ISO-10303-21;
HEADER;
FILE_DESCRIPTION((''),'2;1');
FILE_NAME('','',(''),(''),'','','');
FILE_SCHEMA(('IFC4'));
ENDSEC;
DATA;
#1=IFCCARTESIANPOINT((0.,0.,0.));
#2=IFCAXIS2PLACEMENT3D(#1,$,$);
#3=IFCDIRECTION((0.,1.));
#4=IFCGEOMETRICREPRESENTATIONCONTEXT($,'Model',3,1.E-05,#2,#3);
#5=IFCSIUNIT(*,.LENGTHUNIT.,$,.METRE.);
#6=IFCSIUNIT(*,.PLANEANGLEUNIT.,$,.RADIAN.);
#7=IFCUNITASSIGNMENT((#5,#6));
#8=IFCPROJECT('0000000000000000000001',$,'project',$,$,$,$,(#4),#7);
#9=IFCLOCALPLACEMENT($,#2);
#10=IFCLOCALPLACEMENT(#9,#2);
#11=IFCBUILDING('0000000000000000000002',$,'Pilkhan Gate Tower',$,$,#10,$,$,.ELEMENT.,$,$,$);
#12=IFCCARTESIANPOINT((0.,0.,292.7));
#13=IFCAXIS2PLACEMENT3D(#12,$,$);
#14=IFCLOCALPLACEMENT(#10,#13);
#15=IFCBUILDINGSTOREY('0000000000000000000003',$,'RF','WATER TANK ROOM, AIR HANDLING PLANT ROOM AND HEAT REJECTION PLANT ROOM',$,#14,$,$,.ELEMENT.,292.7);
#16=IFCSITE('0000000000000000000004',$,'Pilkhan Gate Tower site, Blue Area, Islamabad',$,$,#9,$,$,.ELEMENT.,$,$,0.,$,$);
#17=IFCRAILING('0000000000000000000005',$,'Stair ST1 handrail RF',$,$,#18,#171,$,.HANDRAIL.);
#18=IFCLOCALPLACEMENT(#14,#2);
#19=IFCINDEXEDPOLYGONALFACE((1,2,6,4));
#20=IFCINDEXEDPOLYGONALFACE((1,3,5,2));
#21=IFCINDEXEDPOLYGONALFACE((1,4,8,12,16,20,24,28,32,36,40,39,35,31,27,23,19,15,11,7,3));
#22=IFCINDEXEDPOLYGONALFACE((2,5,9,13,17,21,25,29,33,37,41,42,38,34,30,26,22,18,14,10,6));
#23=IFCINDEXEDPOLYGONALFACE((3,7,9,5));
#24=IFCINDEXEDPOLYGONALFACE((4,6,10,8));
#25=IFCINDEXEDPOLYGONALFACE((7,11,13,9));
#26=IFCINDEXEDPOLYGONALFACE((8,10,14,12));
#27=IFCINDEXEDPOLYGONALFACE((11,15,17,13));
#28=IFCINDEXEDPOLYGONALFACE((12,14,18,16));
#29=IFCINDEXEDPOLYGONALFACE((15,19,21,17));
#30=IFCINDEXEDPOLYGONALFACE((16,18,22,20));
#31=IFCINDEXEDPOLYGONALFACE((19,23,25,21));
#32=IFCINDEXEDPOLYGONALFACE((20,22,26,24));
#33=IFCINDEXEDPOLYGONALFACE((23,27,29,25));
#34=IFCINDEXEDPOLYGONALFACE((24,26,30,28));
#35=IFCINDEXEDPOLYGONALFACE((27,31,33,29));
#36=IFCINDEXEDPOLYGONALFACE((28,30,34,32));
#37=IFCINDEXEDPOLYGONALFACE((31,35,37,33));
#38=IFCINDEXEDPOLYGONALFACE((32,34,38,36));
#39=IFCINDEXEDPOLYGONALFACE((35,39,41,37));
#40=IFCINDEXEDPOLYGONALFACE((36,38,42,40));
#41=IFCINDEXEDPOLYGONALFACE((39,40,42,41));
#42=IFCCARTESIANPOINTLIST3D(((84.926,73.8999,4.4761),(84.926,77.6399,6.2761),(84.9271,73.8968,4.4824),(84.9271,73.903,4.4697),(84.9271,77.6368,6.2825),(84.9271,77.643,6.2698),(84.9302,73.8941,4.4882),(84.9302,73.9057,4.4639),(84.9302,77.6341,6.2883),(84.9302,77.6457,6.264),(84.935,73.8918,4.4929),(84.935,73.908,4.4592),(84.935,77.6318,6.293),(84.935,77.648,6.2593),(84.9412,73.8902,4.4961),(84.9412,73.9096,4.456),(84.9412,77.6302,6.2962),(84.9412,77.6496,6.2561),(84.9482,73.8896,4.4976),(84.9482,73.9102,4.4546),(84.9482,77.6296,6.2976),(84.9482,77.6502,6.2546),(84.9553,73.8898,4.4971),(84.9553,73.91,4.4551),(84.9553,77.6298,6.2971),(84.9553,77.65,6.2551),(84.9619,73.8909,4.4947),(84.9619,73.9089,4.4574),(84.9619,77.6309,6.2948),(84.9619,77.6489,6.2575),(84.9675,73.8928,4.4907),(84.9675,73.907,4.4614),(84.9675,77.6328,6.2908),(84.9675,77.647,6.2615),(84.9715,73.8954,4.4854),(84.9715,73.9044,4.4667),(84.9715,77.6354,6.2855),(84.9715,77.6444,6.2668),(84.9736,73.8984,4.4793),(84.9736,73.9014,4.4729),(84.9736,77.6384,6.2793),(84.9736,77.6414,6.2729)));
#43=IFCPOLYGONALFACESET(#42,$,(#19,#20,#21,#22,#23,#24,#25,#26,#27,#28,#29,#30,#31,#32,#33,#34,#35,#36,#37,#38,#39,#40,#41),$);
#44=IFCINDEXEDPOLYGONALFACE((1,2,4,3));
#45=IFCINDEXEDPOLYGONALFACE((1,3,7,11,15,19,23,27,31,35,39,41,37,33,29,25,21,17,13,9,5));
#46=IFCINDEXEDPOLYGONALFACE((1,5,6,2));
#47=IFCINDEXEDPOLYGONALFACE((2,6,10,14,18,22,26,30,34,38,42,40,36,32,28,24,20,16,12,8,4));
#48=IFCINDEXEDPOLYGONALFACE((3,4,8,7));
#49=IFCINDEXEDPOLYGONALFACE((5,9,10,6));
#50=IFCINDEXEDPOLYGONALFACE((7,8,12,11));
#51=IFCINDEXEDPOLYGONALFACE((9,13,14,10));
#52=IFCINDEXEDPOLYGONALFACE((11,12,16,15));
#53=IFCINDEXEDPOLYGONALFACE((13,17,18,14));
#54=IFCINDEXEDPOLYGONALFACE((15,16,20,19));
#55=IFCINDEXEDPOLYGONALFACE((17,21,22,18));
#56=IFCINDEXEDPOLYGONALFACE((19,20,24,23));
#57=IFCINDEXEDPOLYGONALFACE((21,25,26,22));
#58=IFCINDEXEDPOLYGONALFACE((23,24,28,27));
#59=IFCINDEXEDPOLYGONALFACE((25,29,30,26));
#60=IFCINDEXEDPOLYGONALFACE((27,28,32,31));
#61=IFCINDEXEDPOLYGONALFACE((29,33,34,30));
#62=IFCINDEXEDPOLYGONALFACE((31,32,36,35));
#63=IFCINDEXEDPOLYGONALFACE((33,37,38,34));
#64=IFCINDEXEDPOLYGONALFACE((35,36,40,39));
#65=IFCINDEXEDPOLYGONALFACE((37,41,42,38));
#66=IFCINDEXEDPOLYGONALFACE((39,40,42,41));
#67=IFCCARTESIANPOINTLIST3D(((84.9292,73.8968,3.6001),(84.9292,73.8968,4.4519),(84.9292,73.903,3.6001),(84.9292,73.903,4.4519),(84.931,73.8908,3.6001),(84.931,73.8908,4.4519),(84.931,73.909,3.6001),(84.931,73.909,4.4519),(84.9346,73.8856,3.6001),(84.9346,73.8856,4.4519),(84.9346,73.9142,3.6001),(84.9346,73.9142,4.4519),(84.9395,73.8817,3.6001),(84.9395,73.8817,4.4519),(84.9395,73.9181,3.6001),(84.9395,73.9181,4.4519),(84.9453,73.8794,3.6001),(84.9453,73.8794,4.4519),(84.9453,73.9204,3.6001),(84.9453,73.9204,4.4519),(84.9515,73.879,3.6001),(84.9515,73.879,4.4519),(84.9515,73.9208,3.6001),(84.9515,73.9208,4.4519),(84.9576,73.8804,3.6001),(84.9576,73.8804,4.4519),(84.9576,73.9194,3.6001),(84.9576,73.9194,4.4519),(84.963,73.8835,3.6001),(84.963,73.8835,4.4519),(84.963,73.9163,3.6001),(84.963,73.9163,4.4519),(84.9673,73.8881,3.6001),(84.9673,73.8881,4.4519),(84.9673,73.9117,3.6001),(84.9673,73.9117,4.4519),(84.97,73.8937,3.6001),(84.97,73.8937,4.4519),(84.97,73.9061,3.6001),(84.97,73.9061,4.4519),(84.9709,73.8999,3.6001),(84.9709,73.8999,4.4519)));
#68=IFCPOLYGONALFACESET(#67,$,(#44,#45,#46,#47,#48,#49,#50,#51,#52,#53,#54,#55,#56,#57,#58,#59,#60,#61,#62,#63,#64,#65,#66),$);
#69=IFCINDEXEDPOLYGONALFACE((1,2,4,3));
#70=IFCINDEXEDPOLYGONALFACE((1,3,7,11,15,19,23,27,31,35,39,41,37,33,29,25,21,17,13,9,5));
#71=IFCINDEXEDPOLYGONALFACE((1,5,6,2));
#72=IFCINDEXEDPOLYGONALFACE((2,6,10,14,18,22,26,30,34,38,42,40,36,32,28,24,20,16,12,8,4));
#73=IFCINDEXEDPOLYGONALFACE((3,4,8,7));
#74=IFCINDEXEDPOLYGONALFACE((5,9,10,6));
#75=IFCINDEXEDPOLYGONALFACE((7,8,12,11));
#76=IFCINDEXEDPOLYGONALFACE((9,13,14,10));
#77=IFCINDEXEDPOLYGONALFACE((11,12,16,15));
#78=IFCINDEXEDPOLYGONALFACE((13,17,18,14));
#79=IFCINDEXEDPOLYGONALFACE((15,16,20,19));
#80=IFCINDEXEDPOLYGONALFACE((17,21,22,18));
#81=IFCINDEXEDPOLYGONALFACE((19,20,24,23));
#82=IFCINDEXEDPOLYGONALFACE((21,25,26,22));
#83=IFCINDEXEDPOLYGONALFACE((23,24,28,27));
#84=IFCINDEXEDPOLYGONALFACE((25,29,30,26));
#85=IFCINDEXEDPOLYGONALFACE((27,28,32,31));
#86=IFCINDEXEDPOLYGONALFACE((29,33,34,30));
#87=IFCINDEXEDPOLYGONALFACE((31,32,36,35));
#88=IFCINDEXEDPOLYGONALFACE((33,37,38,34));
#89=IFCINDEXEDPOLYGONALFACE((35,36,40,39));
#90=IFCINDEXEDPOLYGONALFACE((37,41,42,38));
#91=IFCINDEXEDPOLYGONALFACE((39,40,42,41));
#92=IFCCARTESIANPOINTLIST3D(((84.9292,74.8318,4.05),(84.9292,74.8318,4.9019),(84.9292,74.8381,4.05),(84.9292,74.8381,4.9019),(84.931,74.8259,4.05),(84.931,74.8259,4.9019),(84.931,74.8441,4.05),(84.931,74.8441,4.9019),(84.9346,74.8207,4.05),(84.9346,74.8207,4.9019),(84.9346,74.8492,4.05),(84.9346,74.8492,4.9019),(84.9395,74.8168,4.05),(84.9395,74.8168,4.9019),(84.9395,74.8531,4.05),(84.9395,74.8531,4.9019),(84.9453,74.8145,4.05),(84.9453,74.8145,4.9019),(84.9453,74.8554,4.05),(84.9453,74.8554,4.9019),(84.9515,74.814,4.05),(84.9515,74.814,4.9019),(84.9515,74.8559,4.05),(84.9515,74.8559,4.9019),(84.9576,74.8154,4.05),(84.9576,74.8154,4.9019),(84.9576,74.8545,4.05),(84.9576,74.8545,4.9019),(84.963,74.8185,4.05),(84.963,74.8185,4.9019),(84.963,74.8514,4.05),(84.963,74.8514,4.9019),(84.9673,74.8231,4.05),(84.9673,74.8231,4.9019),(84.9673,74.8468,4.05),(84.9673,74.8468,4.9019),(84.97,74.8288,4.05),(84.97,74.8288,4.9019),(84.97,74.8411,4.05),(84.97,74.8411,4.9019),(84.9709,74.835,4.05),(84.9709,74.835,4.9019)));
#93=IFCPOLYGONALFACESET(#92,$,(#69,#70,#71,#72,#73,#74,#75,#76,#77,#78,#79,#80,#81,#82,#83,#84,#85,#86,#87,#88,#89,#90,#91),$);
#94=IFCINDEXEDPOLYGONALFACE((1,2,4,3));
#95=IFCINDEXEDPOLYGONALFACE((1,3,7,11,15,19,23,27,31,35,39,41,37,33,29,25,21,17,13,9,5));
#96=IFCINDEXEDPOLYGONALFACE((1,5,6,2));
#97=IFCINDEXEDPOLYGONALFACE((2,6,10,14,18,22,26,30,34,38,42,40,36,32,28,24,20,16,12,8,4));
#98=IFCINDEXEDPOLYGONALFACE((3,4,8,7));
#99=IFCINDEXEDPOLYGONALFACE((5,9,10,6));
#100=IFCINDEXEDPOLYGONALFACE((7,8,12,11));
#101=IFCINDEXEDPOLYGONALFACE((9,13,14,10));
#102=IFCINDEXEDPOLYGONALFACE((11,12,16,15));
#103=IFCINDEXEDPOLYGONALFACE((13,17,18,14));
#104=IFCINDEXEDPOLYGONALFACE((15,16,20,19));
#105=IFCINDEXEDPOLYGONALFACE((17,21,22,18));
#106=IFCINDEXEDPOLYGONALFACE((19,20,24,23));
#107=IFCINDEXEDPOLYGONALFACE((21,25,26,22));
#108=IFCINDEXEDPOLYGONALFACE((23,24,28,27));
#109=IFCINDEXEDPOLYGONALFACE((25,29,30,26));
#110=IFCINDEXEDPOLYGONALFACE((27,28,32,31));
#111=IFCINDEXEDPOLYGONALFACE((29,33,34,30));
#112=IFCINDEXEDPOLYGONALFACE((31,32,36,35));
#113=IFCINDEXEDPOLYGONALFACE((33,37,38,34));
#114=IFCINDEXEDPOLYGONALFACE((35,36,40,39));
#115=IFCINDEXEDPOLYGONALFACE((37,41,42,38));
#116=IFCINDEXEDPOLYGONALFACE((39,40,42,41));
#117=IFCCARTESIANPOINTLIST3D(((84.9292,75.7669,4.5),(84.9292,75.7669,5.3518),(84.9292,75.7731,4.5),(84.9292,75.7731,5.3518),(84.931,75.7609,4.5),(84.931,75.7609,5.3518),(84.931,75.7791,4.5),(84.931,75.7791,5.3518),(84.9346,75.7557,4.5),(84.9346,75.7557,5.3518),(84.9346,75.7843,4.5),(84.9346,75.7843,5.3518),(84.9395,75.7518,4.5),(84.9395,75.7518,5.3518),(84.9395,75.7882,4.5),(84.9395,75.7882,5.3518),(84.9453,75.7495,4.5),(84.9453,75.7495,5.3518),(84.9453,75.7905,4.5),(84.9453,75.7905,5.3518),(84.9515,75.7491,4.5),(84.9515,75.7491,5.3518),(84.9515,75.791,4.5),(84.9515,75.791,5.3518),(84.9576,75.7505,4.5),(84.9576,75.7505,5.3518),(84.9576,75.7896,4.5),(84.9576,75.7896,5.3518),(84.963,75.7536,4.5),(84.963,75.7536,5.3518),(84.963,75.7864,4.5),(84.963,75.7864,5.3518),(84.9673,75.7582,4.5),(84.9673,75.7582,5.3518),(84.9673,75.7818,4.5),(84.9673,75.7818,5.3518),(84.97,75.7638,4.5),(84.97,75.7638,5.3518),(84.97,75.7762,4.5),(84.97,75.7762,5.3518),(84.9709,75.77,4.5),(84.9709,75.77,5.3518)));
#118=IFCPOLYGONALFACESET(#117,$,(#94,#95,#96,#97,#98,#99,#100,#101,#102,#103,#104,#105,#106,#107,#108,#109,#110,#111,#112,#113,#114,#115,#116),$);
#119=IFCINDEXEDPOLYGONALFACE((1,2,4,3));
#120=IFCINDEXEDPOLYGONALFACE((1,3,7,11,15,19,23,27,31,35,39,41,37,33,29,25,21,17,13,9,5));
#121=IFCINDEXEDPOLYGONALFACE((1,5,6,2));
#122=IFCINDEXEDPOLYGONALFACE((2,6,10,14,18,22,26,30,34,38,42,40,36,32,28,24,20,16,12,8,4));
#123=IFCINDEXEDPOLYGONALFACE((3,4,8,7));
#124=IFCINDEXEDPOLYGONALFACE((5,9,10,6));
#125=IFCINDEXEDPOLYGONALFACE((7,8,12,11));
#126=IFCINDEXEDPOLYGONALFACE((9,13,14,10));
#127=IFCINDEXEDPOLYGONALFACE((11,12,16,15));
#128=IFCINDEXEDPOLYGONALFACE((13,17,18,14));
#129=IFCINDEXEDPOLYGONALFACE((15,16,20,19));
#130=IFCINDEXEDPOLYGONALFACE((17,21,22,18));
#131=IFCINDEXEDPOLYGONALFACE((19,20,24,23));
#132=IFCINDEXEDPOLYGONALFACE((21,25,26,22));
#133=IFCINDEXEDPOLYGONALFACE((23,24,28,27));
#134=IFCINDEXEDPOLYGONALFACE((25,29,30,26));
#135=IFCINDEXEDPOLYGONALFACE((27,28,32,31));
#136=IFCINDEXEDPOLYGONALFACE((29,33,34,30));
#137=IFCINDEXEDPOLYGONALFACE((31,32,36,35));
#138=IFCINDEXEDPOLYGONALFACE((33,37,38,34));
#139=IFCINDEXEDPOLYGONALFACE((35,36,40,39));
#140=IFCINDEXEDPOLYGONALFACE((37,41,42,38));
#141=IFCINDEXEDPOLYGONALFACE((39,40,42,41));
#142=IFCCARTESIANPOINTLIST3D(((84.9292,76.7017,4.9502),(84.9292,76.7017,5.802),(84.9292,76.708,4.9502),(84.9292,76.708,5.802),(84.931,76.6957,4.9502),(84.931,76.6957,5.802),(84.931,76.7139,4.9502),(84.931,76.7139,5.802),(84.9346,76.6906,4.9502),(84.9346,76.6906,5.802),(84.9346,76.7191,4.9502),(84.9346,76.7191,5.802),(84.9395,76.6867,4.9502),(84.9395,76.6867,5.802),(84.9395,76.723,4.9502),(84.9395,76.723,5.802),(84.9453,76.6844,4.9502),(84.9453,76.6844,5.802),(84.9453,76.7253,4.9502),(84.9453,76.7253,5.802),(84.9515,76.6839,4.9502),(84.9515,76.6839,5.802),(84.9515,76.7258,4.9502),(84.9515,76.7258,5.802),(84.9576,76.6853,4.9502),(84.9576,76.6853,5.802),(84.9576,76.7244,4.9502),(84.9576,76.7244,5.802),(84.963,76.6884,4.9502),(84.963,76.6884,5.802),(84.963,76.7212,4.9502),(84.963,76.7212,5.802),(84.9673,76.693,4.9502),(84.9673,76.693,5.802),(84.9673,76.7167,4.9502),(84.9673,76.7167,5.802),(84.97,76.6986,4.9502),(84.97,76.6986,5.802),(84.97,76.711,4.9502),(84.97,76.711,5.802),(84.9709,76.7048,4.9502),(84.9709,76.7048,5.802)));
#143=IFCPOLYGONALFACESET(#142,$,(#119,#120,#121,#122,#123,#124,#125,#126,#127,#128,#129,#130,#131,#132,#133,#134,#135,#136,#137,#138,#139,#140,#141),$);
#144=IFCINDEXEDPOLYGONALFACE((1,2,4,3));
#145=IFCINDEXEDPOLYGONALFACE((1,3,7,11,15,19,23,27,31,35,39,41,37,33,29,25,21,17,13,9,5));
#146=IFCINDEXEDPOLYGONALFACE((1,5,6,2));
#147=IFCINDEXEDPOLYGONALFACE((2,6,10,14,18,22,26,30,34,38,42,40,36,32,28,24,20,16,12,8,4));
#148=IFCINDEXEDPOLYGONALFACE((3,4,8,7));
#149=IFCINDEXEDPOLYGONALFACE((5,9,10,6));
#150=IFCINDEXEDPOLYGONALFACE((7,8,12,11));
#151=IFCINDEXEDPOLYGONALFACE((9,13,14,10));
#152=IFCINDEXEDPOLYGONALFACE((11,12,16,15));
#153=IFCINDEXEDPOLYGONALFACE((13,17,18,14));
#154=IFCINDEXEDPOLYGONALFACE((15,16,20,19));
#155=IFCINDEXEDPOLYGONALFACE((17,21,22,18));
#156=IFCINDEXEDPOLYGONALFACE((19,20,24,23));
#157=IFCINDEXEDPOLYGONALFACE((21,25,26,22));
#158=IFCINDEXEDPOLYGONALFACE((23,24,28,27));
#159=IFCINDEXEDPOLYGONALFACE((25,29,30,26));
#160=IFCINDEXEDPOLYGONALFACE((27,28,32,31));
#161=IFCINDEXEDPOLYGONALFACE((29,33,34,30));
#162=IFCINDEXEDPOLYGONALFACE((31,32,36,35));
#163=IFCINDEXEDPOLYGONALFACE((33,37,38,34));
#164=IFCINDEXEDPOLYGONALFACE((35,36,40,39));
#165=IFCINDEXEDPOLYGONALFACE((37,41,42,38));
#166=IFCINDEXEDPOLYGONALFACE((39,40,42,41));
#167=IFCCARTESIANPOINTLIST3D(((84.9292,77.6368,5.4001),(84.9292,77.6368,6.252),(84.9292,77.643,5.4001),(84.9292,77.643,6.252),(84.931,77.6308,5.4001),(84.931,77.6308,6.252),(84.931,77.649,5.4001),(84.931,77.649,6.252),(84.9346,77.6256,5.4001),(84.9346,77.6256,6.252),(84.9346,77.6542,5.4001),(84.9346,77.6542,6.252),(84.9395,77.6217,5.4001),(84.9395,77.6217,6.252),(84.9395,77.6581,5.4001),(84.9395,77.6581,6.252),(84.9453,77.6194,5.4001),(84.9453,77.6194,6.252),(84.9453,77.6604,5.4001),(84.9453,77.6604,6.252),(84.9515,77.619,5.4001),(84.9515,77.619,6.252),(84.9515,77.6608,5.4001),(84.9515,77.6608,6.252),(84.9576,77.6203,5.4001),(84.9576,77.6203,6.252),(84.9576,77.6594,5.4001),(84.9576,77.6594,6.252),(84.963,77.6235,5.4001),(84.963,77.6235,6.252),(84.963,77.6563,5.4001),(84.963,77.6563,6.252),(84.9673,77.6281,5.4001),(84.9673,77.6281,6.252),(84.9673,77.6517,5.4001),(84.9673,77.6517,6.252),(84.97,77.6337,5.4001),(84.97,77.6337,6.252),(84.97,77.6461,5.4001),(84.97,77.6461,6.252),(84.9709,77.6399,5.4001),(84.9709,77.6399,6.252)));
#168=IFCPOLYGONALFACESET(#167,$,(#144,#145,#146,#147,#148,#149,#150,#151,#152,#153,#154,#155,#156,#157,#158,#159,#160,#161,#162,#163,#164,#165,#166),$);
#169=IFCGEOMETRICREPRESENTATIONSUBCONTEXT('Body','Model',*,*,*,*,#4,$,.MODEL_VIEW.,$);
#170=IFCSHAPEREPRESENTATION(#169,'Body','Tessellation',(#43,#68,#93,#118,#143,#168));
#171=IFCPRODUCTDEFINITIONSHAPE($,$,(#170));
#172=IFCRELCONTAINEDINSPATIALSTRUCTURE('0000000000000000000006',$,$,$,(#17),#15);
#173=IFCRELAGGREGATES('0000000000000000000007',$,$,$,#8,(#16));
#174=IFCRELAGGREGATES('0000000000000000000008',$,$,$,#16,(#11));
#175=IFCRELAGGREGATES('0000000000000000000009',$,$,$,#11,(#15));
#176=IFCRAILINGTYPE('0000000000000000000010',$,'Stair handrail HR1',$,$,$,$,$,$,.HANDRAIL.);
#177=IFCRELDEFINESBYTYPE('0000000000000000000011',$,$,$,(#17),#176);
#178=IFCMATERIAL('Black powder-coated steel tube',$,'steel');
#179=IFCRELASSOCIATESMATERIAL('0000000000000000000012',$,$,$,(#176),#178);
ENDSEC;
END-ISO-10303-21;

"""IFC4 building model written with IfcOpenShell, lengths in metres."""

from ifc_helpers import new_model, si_unit, direction, frame, origin, origin_2d, place, context, subcontext, project, spatial, circle, extrude, material, type_object, element, save


model = new_model("IFC4")

# Units and contexts
model_context = context("Model", 3, precision=1e-05, world=origin(), true_north=direction((0.0, 1.0)))
body_context = subcontext(model_context, "Body", "Model", "MODEL_VIEW")
ifc_project = project(units=[si_unit("LENGTHUNIT", "METRE"), si_unit("PLANEANGLEUNIT", "RADIAN")], contexts=[model_context])

# Site, building, storey
site_placement = place(None, origin())
site = spatial("IfcSite", under=ifc_project, at=site_placement, Name="Pilkhan Gate Tower site, Blue Area, Islamabad", CompositionType="ELEMENT", RefElevation=0.0)
building_placement = place(site_placement, origin())
building = spatial("IfcBuilding", under=site, at=building_placement, Name="Pilkhan Gate Tower", CompositionType="ELEMENT")
storey_placement = place(building_placement, frame((0.0, 0.0, 292.7)))
storey = spatial("IfcBuildingStorey", under=building, at=storey_placement, Name="RF", Description="WATER TANK ROOM, AIR HANDLING PLANT ROOM AND HEAT REJECTION PLANT ROOM", CompositionType="ELEMENT", Elevation=292.7)

# Railing
ifc_material_1 = material(Name="Black powder-coated steel tube", Category="steel")
railing_type_1 = type_object("IfcRailingType", Name="Stair handrail HR1", PredefinedType="HANDRAIL", material=ifc_material_1)
for number, where, name in (
    (1, (84.95, 73.8999, 3.6001), "Stair ST1 handrail RF"),
):
    element("IfcRailing", number, at=place(storey_placement, frame(where)), inside=storey, type_object=railing_type_1, Name=name, PredefinedType="HANDRAIL", context=body_context, shape_type="SweptSolid", body=[
        extrude(circle(Radius=0.0239, at=origin_2d()), frame((0.0, 0.0, 0.876), z_axis=(0.0, 0.901066, 0.433681), x_axis=(-1.0, 0.0, 0.0)), (0.0, 0.0, 1.0), 4.1506),
        extrude(circle(Radius=0.021, at=origin_2d()), origin(), (0.0, 0.0, 1.0), 0.8518),
        extrude(circle(Radius=0.021, at=origin_2d()), frame((0.0, 0.9351, 0.45)), (0.0, 0.0, 1.0), 0.8518),
        extrude(circle(Radius=0.021, at=origin_2d()), frame((0.0, 1.8701, 0.8999)), (0.0, 0.0, 1.0), 0.8518),
        extrude(circle(Radius=0.021, at=origin_2d()), frame((0.0, 2.8049, 1.3501)), (0.0, 0.0, 1.0), 0.8518),
        extrude(circle(Radius=0.021, at=origin_2d()), frame((0.0, 3.74, 1.8)), (0.0, 0.0, 1.0), 0.8518),
    ])

save(model, "model.ifc")
